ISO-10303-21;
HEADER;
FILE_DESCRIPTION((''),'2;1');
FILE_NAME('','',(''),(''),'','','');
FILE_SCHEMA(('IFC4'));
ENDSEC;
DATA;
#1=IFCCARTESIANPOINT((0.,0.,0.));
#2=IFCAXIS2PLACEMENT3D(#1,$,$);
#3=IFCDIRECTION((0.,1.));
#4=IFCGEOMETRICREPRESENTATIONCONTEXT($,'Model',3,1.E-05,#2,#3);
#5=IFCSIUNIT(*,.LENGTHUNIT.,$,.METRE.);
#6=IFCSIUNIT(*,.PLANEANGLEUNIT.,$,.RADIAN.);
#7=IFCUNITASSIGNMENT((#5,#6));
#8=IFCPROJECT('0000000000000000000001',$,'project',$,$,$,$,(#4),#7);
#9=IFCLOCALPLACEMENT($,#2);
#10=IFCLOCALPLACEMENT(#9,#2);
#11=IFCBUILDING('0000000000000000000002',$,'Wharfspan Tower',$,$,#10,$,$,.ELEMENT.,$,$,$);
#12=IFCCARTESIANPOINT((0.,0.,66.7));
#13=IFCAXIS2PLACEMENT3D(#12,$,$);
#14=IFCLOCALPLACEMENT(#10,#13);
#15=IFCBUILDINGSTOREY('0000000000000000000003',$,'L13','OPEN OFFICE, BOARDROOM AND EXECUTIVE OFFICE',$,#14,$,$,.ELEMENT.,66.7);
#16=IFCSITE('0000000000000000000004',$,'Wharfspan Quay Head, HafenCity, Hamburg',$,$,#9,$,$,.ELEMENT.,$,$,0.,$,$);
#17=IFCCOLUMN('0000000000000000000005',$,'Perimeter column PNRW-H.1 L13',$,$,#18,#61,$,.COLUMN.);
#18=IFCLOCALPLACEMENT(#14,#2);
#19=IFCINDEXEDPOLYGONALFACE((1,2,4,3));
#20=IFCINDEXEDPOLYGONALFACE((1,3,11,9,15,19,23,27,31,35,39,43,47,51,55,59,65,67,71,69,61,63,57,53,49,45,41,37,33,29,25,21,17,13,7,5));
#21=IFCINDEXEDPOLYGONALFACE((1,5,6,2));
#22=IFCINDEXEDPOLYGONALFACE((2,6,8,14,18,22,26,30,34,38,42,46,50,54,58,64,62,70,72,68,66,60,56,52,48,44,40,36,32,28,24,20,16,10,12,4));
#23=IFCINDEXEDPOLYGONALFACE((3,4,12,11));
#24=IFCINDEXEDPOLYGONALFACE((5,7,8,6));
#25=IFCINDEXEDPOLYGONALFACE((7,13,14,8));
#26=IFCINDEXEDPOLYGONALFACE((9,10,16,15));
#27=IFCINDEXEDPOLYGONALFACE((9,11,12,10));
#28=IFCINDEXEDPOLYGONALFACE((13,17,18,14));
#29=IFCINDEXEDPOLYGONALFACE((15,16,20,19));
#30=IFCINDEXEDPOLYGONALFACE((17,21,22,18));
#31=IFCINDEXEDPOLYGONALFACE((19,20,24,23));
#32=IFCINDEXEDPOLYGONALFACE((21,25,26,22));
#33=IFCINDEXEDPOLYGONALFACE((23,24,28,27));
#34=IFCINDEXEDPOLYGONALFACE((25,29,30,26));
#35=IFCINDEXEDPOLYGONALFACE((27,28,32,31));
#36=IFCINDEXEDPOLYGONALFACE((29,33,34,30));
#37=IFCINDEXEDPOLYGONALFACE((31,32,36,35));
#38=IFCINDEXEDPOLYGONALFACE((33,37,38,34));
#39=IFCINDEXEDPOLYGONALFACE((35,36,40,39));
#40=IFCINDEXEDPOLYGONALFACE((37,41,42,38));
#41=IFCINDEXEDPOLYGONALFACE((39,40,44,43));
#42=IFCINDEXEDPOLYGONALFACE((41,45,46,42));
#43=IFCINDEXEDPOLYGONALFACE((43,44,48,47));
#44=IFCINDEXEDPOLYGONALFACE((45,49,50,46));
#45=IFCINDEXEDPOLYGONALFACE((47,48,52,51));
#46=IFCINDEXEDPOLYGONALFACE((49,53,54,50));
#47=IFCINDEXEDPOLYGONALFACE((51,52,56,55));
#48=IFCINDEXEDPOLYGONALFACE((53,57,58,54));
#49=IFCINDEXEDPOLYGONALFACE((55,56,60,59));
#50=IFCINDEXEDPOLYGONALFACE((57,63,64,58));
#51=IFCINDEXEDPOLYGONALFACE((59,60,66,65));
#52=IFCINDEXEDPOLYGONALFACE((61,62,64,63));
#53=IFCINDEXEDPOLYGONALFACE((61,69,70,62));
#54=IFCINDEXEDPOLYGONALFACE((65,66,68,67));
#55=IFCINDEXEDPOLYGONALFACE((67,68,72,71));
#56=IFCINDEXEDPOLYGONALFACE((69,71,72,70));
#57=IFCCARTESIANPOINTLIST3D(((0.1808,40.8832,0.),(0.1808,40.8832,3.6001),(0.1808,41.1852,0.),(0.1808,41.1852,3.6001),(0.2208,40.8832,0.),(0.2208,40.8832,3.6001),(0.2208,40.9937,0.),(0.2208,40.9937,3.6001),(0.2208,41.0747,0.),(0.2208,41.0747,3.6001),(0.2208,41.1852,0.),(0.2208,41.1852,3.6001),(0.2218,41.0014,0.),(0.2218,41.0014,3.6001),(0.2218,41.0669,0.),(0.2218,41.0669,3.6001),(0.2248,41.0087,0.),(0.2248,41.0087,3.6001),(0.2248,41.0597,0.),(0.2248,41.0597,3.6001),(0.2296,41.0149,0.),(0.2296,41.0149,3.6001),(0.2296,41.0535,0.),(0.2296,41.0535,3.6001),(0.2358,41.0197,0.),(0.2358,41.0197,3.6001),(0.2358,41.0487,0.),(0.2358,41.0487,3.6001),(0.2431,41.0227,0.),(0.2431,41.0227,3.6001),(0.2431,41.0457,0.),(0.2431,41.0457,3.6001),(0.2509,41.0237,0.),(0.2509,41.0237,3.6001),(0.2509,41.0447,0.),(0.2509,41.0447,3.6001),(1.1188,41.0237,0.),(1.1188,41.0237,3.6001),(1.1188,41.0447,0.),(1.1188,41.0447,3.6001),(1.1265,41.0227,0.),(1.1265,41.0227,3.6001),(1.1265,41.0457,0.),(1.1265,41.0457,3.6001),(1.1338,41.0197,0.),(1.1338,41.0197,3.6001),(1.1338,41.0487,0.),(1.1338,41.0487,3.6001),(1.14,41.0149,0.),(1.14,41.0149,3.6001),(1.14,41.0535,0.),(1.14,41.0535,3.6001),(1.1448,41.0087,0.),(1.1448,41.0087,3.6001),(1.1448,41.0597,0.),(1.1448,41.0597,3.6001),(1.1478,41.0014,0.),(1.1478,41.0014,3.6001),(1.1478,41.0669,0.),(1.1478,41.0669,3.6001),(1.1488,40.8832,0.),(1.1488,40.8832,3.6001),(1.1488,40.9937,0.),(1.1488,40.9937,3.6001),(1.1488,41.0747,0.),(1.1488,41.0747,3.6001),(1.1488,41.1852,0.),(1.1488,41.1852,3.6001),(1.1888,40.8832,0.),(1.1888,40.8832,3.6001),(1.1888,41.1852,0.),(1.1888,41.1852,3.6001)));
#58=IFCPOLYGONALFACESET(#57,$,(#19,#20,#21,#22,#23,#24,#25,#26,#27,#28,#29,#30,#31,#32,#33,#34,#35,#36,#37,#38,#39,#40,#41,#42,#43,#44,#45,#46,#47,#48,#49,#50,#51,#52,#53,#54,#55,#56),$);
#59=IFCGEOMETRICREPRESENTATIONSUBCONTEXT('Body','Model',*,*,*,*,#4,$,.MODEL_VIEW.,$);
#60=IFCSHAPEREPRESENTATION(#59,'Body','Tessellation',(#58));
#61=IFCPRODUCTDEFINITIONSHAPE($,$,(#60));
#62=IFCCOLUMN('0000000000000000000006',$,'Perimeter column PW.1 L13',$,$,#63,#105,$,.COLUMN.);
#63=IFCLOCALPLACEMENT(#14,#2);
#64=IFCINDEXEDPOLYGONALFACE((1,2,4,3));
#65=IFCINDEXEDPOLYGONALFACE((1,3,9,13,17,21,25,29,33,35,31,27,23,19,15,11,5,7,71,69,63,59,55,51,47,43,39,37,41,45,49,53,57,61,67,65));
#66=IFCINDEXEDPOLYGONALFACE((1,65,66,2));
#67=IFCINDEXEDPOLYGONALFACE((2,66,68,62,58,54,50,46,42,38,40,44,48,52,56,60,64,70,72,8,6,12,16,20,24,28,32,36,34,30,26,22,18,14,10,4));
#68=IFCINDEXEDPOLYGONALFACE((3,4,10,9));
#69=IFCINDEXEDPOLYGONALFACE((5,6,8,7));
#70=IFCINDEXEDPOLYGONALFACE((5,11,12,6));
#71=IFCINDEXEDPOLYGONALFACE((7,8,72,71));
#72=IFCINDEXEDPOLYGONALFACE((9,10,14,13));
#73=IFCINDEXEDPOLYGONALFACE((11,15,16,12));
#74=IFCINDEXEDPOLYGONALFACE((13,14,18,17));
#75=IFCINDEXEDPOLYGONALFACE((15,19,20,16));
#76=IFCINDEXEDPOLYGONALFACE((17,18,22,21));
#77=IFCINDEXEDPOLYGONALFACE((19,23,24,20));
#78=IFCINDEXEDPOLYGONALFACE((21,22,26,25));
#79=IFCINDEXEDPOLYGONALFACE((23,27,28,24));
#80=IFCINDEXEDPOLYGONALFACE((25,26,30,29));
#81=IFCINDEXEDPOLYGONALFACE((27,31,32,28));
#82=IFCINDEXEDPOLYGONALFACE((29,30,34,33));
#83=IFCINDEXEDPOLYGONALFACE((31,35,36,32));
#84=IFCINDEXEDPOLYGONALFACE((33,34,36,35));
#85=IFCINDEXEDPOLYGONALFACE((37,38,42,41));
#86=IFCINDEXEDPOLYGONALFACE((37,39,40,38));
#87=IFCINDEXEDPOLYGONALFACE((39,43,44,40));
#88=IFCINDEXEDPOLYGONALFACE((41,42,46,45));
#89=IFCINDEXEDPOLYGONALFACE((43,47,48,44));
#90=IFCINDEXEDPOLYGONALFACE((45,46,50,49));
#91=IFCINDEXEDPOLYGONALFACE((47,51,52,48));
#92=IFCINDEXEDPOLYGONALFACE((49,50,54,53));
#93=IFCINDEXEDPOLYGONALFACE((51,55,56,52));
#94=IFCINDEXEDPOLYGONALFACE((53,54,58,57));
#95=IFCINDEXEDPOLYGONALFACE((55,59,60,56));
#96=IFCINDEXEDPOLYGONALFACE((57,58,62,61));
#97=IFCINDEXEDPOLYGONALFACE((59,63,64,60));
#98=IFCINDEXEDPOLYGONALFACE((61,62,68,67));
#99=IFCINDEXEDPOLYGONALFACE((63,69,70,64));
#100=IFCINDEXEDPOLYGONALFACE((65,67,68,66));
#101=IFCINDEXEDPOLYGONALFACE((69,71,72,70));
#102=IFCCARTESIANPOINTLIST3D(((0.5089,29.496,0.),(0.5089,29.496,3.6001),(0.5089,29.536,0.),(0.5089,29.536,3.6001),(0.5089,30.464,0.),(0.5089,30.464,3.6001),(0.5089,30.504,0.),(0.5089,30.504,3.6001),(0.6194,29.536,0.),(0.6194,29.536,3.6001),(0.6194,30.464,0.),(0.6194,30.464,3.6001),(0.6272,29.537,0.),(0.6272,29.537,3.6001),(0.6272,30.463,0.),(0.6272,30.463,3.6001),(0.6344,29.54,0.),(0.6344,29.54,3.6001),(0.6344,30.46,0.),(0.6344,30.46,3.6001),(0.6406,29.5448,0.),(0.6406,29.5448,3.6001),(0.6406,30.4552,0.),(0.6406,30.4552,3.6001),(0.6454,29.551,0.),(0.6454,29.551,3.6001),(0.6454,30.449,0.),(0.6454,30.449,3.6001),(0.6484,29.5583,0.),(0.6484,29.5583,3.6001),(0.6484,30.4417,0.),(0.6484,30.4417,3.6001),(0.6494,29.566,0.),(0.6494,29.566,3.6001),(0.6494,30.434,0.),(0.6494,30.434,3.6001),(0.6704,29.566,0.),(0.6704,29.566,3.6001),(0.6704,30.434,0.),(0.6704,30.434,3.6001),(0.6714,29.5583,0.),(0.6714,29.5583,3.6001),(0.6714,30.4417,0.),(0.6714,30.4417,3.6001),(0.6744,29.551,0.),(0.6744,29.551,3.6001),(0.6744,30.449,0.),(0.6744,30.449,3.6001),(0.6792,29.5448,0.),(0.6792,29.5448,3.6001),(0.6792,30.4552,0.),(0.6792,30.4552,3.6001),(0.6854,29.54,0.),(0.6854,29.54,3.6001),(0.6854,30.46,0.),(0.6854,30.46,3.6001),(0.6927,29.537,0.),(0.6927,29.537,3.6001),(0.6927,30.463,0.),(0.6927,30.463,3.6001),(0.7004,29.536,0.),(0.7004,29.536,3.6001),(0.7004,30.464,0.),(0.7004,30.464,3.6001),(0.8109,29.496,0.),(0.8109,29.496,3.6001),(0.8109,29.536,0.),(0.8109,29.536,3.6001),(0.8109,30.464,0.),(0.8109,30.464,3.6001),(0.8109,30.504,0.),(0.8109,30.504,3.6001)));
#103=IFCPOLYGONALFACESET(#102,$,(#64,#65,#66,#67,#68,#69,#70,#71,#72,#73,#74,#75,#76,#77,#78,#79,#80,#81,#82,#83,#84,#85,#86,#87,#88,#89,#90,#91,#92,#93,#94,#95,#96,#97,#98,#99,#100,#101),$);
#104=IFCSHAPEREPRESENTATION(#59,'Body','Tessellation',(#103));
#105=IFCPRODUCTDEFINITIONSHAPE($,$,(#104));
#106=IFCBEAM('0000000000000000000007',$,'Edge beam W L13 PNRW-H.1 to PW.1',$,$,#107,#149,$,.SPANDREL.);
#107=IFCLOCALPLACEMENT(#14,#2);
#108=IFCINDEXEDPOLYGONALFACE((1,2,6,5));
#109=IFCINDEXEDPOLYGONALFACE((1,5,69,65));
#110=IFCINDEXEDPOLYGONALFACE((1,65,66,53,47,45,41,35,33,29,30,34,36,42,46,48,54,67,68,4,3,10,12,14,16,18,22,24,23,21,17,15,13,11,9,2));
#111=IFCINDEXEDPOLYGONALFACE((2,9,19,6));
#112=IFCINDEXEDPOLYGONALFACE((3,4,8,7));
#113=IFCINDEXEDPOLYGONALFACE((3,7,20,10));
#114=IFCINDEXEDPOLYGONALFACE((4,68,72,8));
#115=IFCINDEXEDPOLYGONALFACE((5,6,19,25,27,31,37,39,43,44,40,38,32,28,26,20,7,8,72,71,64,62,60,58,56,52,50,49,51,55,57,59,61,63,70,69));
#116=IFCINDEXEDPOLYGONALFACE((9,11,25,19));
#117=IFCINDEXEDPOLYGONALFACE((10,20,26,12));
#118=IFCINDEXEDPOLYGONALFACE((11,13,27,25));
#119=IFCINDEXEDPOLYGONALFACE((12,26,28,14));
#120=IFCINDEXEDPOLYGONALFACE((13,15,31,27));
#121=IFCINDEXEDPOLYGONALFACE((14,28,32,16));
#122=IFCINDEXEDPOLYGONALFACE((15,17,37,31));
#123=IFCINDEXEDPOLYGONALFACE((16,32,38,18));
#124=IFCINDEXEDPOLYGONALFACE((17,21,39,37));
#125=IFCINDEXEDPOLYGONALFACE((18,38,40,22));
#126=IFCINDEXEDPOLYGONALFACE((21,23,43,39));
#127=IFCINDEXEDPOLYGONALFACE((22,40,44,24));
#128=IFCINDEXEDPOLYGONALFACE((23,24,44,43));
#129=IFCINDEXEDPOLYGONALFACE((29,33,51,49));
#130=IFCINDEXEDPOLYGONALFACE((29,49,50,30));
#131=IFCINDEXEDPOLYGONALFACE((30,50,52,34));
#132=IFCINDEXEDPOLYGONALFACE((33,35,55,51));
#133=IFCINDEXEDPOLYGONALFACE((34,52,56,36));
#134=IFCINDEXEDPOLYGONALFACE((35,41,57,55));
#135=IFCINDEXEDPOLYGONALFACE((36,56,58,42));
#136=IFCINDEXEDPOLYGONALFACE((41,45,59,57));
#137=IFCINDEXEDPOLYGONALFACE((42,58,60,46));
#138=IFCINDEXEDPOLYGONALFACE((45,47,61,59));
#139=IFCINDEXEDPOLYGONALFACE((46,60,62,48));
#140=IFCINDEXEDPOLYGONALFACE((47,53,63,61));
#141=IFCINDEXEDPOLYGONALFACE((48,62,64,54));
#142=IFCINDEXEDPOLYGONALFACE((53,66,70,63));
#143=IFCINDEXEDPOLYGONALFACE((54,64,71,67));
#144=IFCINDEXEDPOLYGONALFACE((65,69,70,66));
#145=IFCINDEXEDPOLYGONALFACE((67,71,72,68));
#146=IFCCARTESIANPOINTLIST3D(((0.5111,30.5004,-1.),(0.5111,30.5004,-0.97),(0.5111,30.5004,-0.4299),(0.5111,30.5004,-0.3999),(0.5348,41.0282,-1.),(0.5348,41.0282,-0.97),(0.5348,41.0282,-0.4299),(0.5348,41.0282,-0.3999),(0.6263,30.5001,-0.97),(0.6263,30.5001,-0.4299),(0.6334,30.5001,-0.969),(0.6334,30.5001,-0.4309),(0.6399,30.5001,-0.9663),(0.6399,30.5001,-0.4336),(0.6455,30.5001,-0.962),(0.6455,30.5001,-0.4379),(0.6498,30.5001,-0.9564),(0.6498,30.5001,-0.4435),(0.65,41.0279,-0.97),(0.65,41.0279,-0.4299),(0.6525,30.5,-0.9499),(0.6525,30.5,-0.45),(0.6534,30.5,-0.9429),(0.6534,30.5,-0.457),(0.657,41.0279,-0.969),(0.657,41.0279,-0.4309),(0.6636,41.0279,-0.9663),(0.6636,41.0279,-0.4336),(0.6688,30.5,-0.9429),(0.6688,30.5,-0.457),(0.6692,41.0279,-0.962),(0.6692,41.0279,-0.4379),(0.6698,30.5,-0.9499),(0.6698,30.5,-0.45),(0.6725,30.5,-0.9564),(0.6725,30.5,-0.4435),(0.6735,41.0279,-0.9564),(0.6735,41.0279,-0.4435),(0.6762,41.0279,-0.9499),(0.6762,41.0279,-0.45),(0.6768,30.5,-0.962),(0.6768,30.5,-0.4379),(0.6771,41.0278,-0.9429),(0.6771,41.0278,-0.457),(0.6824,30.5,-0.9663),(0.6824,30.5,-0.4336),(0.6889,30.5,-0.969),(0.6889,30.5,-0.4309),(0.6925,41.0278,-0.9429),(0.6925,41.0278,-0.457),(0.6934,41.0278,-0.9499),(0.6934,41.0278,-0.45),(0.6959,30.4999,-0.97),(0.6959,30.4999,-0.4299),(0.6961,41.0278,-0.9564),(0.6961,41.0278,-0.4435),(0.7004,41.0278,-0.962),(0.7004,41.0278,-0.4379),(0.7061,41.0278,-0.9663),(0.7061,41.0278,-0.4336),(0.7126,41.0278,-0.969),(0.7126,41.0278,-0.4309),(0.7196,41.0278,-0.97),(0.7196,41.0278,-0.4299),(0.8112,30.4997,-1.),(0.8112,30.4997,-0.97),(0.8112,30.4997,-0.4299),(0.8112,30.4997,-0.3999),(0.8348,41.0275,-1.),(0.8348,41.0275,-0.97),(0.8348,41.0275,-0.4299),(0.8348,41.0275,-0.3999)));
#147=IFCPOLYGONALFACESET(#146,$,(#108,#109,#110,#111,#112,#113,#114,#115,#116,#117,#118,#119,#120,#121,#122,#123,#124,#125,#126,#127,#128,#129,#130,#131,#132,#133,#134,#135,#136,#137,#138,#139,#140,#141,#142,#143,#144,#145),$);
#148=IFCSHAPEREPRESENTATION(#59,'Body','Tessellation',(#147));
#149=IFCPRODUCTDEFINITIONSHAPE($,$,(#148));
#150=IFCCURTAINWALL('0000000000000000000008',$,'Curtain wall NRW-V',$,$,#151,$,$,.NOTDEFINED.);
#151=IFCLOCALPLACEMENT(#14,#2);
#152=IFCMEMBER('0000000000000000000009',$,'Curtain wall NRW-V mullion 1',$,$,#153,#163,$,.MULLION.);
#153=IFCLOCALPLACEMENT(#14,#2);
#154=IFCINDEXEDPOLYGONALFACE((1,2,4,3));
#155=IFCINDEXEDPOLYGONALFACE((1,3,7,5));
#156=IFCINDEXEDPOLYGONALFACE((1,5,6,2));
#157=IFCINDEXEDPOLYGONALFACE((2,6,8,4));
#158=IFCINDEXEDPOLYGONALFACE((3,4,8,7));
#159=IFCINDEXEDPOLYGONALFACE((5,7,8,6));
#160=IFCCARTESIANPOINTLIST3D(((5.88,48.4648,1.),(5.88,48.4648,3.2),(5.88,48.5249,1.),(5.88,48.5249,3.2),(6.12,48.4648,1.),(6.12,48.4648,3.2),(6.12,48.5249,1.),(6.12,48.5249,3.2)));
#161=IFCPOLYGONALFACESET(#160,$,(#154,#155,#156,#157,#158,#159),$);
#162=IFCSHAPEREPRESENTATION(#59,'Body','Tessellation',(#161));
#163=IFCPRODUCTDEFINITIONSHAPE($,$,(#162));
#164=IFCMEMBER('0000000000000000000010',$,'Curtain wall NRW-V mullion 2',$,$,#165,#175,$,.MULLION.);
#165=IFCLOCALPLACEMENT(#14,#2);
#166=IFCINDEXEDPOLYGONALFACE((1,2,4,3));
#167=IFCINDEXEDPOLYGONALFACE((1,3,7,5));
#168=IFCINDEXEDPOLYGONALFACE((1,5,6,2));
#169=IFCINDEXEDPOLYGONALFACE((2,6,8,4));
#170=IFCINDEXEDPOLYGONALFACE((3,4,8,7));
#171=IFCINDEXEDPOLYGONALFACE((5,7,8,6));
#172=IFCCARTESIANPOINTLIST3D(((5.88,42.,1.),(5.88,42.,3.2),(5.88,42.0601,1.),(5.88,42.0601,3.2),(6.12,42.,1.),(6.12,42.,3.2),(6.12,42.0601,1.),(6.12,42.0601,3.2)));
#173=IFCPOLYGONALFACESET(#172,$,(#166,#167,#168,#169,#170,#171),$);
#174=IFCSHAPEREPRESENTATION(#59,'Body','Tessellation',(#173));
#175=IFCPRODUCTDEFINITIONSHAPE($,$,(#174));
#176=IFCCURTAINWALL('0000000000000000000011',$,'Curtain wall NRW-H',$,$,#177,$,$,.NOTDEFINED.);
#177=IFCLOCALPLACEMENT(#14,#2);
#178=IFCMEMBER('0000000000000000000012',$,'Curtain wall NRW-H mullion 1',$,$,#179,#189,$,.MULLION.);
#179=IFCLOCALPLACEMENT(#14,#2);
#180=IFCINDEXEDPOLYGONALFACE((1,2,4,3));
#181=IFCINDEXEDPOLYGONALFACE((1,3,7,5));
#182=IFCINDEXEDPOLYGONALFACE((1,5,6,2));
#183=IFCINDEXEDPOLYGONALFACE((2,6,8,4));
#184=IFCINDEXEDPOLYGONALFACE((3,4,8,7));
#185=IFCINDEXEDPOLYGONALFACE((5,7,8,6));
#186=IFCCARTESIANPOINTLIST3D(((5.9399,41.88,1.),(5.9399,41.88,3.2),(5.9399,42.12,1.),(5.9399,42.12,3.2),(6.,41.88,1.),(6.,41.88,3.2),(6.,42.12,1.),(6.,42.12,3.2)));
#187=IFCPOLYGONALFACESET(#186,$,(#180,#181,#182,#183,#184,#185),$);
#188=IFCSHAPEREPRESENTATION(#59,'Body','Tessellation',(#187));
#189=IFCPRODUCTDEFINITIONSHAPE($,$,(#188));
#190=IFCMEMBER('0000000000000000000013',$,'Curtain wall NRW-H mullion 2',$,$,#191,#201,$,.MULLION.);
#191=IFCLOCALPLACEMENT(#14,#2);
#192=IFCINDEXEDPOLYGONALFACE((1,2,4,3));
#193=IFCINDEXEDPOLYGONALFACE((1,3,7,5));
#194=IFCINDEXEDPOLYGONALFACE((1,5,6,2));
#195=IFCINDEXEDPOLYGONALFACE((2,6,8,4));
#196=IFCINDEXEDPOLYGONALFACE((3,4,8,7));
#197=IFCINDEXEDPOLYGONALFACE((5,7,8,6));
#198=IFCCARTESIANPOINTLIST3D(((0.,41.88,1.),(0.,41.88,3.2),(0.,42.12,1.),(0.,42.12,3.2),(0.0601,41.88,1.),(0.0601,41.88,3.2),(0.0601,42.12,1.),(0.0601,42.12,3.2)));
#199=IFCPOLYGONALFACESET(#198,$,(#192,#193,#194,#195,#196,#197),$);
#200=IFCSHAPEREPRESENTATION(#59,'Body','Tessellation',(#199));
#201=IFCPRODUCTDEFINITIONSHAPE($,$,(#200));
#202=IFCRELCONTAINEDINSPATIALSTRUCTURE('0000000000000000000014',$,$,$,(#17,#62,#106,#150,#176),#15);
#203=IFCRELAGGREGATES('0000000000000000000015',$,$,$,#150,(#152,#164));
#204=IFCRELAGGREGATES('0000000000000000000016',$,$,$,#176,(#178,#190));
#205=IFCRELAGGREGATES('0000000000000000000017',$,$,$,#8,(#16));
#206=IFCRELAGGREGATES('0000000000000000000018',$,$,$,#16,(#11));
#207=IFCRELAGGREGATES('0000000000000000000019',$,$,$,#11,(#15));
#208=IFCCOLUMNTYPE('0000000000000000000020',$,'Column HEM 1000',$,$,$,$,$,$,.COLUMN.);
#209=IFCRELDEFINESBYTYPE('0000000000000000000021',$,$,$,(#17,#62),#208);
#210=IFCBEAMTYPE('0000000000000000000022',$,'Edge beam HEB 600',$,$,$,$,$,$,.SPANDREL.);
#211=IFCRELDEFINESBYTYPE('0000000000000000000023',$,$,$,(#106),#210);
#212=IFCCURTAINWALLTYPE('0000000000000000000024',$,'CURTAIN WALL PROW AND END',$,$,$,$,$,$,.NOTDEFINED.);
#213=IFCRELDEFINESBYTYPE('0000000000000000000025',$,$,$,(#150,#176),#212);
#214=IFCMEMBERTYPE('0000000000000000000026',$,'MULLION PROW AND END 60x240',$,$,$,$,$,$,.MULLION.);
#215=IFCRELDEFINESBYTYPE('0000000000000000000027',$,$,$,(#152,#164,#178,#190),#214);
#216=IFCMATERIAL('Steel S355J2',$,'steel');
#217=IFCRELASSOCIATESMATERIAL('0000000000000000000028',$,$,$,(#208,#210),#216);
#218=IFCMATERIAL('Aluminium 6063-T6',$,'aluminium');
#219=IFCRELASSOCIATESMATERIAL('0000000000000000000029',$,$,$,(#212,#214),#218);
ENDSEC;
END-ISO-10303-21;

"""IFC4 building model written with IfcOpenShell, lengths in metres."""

from ifc_helpers import new_model, si_unit, direction, frame, origin, origin_2d, place, context, subcontext, project, spatial, rectangle, i_section, extrude, material, material_profile, profile_set, type_object, element, aggregate, save


model = new_model("IFC4")

# Units and contexts
model_context = context("Model", 3, precision=1e-05, world=origin(), true_north=direction((0.0, 1.0)))
body_context = subcontext(model_context, "Body", "Model", "MODEL_VIEW")
ifc_project = project(units=[si_unit("LENGTHUNIT", "METRE"), si_unit("PLANEANGLEUNIT", "RADIAN")], contexts=[model_context])

# Site, building, storey
site_placement = place(None, origin())
site = spatial("IfcSite", under=ifc_project, at=site_placement, Name="Wharfspan Quay Head, HafenCity, Hamburg", CompositionType="ELEMENT", RefElevation=0.0)
building_placement = place(site_placement, origin())
building = spatial("IfcBuilding", under=site, at=building_placement, Name="Wharfspan Tower", CompositionType="ELEMENT")
storey_placement = place(building_placement, frame((0.0, 0.0, 66.7)))
storey = spatial("IfcBuildingStorey", under=building, at=storey_placement, Name="L13", Description="OPEN OFFICE, BOARDROOM AND EXECUTIVE OFFICE", CompositionType="ELEMENT", Elevation=66.7)

# Columns
ifc_material_1 = material(Name="Steel S355J2", Category="steel")
ifc_material_profile_1 = material_profile(ifc_material_1, i_section(OverallWidth=0.302, OverallDepth=1.0081, WebThickness=0.021, FlangeThickness=0.04, FilletRadius=0.03, at=origin_2d()))
ifc_profile_set_1 = profile_set([ifc_material_profile_1], Name="Steel S355J2")
column_type = type_object("IfcColumnType", Name="Column HEM 1000", PredefinedType="COLUMN", material=ifc_profile_set_1)
for number, where, z_axis, x_axis, name in (
    (1, (0.6848, 41.0342, 0.0), (0.0, 0.0, 1.0), (0.0, 1.0, 0.0), "Perimeter column PNRW-H.1 L13"),
    (2, (0.6599, 30.0, 0.0), (0.0, 0.0, 1.0), (-1.0, 0.0, 0.0), "Perimeter column PW.1 L13"),
):
    element("IfcColumn", number, at=place(storey_placement, frame(where, z_axis=z_axis, x_axis=x_axis)), inside=storey, type_object=column_type, Name=name, PredefinedType="COLUMN", context=body_context, shape_type="SweptSolid", body=[
        extrude(i_section(OverallWidth=0.302, OverallDepth=1.0081, WebThickness=0.021, FlangeThickness=0.04, FilletRadius=0.03, at=origin_2d()), origin(), (0.0, 0.0, 1.0), 3.6001),
    ])

# Beam
ifc_material_profile_2 = material_profile(ifc_material_1, i_section(OverallWidth=0.3, OverallDepth=0.6001, WebThickness=0.0154, FlangeThickness=0.03, FilletRadius=0.0271, at=origin_2d()))
ifc_profile_set_2 = profile_set([ifc_material_profile_2], Name="Steel S355J2")
beam_type = type_object("IfcBeamType", Name="Edge beam HEB 600", PredefinedType="SPANDREL", material=ifc_profile_set_2)
beam_placement = place(storey_placement, frame((0.6848, 41.0278, -0.7), z_axis=(-0.002249, -0.999997, 0.0), x_axis=(0.999997, -0.002249, 0.0)))
element("IfcBeam", 3, at=beam_placement, inside=storey, type_object=beam_type, Name="Edge beam W L13 PNRW-H.1 to PW.1", PredefinedType="SPANDREL", context=body_context, shape_type="SweptSolid", body=[
    extrude(i_section(OverallWidth=0.3, OverallDepth=0.6001, WebThickness=0.0154, FlangeThickness=0.03, FilletRadius=0.0271, at=origin_2d()), origin(), (0.0, 0.0, 1.0), 10.5278),
])

# Curtain walls, members
ifc_material_2 = material(Name="Aluminium 6063-T6", Category="aluminium")
curtain_wall_type = type_object("IfcCurtainWallType", Name="CURTAIN WALL PROW AND END", PredefinedType="NOTDEFINED", material=ifc_material_2)
curtain_wall_1_placement = place(storey_placement, origin())
curtain_wall_1 = element("IfcCurtainWall", 4, at=curtain_wall_1_placement, inside=storey, type_object=curtain_wall_type, Name="Curtain wall NRW-V", PredefinedType="NOTDEFINED")
ifc_material_profile_3 = material_profile(ifc_material_2, rectangle(XDim=0.24, YDim=0.0601, at=origin_2d()))
ifc_profile_set_3 = profile_set([ifc_material_profile_3], Name="Aluminium 6063-T6")
member_type_1 = type_object("IfcMemberType", Name="MULLION PROW AND END 60x240", PredefinedType="MULLION", material=ifc_profile_set_3)
member_1_placement = place(storey_placement, frame((6.0, 48.4949, 1.0), z_axis=(0.0, 0.0, 1.0), x_axis=(1.0, 0.0, 0.0)))
member_1 = element("IfcMember", 5, at=member_1_placement, type_object=member_type_1, Name="Curtain wall NRW-V mullion 1", PredefinedType="MULLION", context=body_context, shape_type="SweptSolid", body=[
    extrude(rectangle(XDim=0.24, YDim=0.0601, at=origin_2d()), origin(), (0.0, 0.0, 1.0), 2.2),
])
member_2_placement = place(storey_placement, frame((6.0, 42.03, 1.0), z_axis=(0.0, 0.0, 1.0), x_axis=(1.0, 0.0, 0.0)))
member_2 = element("IfcMember", 6, at=member_2_placement, type_object=member_type_1, Name="Curtain wall NRW-V mullion 2", PredefinedType="MULLION", context=body_context, shape_type="SweptSolid", body=[
    extrude(rectangle(XDim=0.24, YDim=0.0601, at=origin_2d()), origin(), (0.0, 0.0, 1.0), 2.2),
])
curtain_wall_2_placement = place(storey_placement, origin())
curtain_wall_2 = element("IfcCurtainWall", 7, at=curtain_wall_2_placement, inside=storey, type_object=curtain_wall_type, Name="Curtain wall NRW-H", PredefinedType="NOTDEFINED")
member_3_placement = place(storey_placement, frame((5.97, 42.0, 1.0), z_axis=(0.0, 0.0, 1.0), x_axis=(0.0, -1.0, 0.0)))
member_3 = element("IfcMember", 8, at=member_3_placement, type_object=member_type_1, Name="Curtain wall NRW-H mullion 1", PredefinedType="MULLION", context=body_context, shape_type="SweptSolid", body=[
    extrude(rectangle(XDim=0.24, YDim=0.0601, at=origin_2d()), origin(), (0.0, 0.0, 1.0), 2.2),
])
member_4_placement = place(storey_placement, frame((0.03, 42.0, 1.0), z_axis=(0.0, 0.0, 1.0), x_axis=(0.0, -1.0, 0.0)))
member_4 = element("IfcMember", 9, at=member_4_placement, type_object=member_type_1, Name="Curtain wall NRW-H mullion 2", PredefinedType="MULLION", context=body_context, shape_type="SweptSolid", body=[
    extrude(rectangle(XDim=0.24, YDim=0.0601, at=origin_2d()), origin(), (0.0, 0.0, 1.0), 2.2),
])

aggregate(curtain_wall_1, [member_1, member_2])
aggregate(curtain_wall_2, [member_3, member_4])

save(model, "model.ifc")
